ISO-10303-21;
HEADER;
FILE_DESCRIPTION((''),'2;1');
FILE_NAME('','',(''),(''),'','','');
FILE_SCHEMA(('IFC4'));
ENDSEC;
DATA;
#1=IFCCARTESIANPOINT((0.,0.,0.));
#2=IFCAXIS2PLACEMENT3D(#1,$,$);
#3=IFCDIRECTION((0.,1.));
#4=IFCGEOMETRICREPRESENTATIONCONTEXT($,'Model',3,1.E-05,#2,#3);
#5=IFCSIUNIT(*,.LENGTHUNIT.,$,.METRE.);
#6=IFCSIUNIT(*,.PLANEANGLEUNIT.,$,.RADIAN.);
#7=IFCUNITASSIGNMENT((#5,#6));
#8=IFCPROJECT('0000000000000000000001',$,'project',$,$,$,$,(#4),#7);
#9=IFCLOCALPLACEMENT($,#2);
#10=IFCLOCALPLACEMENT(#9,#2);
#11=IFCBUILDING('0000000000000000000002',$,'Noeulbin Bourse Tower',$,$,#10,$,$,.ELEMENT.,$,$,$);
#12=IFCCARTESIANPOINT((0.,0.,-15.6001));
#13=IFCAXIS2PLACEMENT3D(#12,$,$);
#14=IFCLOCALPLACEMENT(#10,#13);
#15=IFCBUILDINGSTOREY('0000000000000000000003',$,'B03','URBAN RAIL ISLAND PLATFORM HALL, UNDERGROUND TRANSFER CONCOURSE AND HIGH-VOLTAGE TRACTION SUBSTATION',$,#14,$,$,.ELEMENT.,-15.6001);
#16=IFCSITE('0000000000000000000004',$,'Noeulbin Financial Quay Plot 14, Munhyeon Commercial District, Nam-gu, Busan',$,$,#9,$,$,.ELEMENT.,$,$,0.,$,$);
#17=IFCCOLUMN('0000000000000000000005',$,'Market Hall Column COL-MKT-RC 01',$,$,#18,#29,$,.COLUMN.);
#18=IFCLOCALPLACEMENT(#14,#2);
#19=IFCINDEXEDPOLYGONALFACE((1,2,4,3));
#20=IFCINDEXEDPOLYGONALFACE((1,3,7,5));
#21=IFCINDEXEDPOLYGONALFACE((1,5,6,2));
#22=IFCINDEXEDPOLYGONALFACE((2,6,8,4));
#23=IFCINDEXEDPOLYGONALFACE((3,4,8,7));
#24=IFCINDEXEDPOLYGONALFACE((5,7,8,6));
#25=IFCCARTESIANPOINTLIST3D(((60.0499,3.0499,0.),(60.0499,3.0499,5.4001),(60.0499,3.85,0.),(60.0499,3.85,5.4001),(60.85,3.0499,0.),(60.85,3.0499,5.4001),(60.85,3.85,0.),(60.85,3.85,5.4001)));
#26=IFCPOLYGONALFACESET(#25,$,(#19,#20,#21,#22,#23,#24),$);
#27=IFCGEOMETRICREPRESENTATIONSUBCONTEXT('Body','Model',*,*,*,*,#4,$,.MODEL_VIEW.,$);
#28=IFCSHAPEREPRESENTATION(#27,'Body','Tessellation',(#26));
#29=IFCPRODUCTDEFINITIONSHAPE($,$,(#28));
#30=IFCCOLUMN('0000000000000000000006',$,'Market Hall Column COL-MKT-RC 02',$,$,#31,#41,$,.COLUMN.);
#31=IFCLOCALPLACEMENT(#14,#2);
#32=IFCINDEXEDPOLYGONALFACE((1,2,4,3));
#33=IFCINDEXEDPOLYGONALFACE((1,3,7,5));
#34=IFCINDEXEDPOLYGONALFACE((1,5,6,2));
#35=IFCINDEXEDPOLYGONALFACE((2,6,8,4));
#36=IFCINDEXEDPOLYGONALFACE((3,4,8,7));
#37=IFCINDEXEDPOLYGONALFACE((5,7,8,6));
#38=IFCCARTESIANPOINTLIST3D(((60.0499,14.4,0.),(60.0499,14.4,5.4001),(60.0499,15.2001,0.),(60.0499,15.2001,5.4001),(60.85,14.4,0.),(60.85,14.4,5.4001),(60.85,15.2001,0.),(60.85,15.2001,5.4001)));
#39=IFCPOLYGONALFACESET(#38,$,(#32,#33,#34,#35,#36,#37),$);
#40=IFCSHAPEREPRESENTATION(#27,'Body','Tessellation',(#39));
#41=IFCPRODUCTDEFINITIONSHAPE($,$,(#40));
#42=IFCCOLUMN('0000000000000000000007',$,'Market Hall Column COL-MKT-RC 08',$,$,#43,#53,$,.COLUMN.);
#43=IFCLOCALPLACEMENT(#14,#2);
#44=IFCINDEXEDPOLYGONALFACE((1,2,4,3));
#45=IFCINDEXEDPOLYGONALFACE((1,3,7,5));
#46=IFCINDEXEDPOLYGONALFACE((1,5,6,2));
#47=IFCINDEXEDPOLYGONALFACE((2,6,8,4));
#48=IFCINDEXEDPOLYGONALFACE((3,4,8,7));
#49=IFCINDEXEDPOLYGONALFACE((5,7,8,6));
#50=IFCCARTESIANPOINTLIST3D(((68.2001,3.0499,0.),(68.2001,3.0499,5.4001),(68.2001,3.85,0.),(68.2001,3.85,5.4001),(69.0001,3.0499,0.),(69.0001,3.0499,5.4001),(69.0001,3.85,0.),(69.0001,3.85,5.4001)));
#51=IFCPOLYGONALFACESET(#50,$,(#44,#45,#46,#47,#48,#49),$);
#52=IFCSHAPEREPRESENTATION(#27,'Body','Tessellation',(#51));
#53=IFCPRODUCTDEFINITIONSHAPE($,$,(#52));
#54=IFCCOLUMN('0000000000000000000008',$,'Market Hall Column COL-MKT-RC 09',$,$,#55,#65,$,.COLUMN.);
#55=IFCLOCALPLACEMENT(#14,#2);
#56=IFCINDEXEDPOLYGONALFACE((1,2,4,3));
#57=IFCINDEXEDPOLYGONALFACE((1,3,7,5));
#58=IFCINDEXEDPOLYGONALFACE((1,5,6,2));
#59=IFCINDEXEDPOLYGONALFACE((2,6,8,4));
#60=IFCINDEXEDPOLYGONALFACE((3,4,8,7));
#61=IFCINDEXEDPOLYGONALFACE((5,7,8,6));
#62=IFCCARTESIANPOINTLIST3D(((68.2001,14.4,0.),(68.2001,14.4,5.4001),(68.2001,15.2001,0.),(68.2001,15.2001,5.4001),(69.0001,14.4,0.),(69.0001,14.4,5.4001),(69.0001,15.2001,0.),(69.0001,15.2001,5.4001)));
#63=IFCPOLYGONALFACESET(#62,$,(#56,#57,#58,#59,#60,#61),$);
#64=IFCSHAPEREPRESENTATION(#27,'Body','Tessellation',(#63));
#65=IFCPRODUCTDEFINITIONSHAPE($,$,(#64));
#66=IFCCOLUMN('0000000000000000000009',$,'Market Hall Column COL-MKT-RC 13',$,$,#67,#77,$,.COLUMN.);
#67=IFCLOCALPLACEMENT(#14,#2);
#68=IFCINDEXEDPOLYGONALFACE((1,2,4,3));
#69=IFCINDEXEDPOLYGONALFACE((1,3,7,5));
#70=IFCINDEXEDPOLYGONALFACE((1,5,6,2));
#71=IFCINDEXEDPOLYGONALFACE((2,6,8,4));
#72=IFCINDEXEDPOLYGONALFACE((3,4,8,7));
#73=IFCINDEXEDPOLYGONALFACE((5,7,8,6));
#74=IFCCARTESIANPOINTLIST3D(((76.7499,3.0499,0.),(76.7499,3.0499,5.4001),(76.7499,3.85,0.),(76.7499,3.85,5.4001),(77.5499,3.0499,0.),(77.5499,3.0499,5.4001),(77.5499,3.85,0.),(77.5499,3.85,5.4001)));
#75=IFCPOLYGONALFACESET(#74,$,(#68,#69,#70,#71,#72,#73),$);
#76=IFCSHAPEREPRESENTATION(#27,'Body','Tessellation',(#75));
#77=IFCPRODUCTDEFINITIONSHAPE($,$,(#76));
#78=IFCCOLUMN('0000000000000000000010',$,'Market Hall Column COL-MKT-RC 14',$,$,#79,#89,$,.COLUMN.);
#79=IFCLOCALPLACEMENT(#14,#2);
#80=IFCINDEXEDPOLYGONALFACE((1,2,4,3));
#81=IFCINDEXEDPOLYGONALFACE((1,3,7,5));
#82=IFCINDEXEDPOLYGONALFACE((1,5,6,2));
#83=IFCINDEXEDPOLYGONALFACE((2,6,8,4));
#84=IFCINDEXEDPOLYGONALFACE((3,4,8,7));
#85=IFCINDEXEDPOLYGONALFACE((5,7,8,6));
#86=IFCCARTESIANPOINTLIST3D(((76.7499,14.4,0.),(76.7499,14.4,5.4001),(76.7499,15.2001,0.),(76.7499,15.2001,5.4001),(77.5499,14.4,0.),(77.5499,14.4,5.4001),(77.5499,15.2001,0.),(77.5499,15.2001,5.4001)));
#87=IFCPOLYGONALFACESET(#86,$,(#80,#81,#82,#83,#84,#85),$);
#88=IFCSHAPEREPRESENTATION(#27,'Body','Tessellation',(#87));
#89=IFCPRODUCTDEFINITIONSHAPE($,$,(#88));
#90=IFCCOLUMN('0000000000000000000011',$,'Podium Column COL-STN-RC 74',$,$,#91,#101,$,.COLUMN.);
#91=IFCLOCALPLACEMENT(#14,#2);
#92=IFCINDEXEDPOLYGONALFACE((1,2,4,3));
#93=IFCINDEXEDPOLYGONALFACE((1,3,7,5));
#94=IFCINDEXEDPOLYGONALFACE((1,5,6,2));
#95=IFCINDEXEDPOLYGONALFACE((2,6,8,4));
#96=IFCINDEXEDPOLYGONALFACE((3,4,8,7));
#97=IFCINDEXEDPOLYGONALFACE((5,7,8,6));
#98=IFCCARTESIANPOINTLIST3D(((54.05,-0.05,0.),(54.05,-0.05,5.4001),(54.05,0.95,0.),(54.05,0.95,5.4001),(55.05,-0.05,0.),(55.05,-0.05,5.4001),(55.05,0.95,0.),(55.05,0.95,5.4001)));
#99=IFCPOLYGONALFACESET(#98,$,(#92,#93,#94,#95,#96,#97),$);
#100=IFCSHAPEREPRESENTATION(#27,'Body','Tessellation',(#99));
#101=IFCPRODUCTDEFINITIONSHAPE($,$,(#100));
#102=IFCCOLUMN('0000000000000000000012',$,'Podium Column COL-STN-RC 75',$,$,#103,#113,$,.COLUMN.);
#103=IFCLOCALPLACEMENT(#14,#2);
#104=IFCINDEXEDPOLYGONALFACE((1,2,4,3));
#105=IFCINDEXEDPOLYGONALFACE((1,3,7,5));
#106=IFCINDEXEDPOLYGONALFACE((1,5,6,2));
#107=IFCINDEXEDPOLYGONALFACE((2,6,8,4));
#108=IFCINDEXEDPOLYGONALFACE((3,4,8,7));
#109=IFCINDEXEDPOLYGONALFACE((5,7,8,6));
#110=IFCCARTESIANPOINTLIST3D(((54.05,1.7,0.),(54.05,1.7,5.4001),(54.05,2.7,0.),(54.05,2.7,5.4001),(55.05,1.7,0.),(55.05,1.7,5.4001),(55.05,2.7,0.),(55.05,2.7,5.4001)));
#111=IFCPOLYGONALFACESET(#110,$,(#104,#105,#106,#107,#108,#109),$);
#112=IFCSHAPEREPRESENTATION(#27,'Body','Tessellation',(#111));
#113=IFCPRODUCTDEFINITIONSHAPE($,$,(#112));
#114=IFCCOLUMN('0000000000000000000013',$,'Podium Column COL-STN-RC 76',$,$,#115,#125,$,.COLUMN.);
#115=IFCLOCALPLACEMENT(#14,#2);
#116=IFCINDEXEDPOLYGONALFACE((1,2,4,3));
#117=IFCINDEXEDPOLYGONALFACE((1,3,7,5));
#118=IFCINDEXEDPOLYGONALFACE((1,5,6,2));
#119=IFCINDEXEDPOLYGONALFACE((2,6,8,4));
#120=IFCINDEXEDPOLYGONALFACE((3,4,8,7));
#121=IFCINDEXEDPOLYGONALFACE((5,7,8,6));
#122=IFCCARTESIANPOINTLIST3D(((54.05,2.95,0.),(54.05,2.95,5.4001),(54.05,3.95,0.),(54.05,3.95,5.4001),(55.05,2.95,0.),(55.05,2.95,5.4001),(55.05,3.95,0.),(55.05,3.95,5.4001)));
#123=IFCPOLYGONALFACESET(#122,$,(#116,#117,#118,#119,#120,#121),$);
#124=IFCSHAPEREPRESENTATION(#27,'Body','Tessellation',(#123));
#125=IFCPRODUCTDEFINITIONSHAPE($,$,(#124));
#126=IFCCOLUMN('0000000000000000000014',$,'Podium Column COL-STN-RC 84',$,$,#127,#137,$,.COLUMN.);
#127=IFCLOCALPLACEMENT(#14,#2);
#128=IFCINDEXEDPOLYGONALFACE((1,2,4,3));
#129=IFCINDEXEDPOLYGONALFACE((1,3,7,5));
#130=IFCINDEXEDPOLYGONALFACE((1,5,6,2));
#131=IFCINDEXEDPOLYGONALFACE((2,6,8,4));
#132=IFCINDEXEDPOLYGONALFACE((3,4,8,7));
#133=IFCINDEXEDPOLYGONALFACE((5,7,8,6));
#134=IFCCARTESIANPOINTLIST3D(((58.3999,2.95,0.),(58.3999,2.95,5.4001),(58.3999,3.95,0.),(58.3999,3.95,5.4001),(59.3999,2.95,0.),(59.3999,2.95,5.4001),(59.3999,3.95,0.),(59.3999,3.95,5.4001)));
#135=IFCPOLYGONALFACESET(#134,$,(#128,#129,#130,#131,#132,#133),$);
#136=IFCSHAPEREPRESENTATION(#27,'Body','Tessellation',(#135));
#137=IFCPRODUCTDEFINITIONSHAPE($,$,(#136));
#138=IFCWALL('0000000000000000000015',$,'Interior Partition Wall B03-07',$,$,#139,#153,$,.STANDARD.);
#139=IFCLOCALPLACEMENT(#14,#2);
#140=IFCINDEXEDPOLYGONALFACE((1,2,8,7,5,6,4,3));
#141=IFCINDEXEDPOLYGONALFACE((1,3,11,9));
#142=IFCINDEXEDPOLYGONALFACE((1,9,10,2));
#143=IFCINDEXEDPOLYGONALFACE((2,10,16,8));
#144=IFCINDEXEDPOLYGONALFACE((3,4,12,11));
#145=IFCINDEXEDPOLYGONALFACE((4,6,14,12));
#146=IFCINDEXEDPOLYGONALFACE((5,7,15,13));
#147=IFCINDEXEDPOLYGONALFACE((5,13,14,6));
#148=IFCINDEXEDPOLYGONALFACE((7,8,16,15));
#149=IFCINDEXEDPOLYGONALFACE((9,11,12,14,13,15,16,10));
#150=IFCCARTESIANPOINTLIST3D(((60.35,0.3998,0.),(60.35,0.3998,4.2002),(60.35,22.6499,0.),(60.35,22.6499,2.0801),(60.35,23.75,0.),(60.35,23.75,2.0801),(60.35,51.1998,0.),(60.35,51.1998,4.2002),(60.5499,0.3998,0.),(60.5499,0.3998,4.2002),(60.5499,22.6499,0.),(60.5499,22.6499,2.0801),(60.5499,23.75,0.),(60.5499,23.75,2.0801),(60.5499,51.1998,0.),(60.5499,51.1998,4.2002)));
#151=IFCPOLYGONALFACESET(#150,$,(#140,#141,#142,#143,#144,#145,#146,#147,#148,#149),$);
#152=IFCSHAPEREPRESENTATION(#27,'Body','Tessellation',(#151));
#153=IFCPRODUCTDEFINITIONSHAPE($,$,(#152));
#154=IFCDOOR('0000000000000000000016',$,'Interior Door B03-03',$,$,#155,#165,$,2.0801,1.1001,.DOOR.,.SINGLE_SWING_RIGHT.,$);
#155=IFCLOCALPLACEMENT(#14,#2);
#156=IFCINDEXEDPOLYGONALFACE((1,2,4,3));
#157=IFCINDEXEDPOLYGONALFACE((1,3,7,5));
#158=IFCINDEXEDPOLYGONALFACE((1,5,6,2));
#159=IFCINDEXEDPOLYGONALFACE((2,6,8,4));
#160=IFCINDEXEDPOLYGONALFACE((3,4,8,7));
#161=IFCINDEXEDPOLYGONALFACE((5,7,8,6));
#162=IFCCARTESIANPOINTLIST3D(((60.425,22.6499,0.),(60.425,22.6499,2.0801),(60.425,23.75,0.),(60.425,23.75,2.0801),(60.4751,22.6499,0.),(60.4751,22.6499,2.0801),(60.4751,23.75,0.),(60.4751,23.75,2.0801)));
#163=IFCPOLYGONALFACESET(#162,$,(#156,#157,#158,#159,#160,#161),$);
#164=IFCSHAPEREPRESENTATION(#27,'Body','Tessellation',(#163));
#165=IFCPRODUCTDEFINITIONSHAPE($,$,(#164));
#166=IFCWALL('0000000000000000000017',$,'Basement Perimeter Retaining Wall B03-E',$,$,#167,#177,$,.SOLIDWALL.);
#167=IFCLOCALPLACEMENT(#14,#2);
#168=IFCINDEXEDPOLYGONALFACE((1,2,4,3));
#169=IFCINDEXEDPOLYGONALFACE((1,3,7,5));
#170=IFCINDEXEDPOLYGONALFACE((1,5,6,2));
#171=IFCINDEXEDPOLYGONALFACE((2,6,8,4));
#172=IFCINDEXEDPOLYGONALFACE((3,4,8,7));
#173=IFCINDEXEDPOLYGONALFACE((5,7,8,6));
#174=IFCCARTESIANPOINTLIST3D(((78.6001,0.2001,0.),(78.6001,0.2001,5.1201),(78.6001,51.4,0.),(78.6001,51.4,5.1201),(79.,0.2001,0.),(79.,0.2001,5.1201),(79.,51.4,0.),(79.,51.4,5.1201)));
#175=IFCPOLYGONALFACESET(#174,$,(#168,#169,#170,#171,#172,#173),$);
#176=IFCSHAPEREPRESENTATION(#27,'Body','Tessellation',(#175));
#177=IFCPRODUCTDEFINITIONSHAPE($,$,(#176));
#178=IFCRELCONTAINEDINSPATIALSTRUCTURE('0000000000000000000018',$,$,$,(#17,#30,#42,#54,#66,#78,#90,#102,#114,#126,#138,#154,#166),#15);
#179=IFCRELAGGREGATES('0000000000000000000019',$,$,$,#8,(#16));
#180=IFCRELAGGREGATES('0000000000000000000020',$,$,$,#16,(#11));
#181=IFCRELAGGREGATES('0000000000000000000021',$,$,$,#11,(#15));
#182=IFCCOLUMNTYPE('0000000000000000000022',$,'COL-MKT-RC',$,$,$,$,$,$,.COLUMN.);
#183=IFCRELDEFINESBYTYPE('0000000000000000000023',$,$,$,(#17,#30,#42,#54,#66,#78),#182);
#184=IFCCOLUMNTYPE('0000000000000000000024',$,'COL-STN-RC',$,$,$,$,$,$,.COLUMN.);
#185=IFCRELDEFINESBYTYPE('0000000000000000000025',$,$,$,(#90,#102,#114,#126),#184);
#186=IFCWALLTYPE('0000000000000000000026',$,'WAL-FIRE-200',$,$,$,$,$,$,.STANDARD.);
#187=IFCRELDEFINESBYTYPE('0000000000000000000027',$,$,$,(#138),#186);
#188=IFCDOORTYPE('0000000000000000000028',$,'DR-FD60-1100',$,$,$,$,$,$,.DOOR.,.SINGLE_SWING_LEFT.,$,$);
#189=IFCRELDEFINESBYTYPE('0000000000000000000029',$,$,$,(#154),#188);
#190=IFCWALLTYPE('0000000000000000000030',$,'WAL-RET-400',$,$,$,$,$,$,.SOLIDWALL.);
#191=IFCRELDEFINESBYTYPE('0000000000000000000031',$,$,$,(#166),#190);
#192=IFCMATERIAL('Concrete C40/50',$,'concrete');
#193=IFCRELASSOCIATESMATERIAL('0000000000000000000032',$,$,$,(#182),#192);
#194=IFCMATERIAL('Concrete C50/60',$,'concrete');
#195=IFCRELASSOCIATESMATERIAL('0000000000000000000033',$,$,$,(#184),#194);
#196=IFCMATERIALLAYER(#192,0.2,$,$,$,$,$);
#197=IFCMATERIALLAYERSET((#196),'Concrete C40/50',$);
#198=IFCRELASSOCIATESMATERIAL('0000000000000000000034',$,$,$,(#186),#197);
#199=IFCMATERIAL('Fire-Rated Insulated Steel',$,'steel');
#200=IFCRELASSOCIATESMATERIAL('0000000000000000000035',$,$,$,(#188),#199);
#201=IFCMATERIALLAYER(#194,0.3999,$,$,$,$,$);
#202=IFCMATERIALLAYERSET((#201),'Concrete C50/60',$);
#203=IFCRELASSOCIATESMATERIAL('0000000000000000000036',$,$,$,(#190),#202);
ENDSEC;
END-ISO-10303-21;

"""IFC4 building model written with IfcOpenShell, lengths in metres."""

from ifc_helpers import new_model, si_unit, direction, frame, frame_2d, origin, origin_2d, place, context, subcontext, project, spatial, rectangle, extrude, material, layer, layer_set, material_profile, profile_set, type_object, element, fill, save


model = new_model("IFC4")

# Units and contexts
model_context = context("Model", 3, precision=1e-05, world=origin(), true_north=direction((0.0, 1.0)))
body_context = subcontext(model_context, "Body", "Model", "MODEL_VIEW")
ifc_project = project(units=[si_unit("LENGTHUNIT", "METRE"), si_unit("PLANEANGLEUNIT", "RADIAN")], contexts=[model_context])

# Site, building, storey
site_placement = place(None, origin())
site = spatial("IfcSite", under=ifc_project, at=site_placement, Name="Noeulbin Financial Quay Plot 14, Munhyeon Commercial District, Nam-gu, Busan", CompositionType="ELEMENT", RefElevation=0.0)
building_placement = place(site_placement, origin())
building = spatial("IfcBuilding", under=site, at=building_placement, Name="Noeulbin Bourse Tower", CompositionType="ELEMENT")
storey_placement = place(building_placement, frame((0.0, 0.0, -15.6001)))
storey = spatial("IfcBuildingStorey", under=building, at=storey_placement, Name="B03", Description="URBAN RAIL ISLAND PLATFORM HALL, UNDERGROUND TRANSFER CONCOURSE AND HIGH-VOLTAGE TRACTION SUBSTATION", CompositionType="ELEMENT", Elevation=-15.6001)

# Shared definitions
ifc_material_1 = material(Name="Concrete C50/60", Category="concrete")

# Columns
ifc_material_2 = material(Name="Concrete C40/50", Category="concrete")
ifc_material_profile_1 = material_profile(ifc_material_2, rectangle(XDim=0.8, YDim=0.8, at=origin_2d()), Name="RC-COL-800x800", Category="LoadBearing")
ifc_profile_set_1 = profile_set([ifc_material_profile_1], Name="Concrete C40/50")
column_type_1 = type_object("IfcColumnType", Name="COL-MKT-RC", PredefinedType="COLUMN", material=ifc_profile_set_1)
for number, where, z_axis, x_axis, name in (
    (1, (60.45, 3.45, 0.0), (0.0, 0.0, 1.0), (1.0, 0.0, 0.0), "Market Hall Column COL-MKT-RC 01"),
    (2, (60.45, 14.8, 0.0), (0.0, 0.0, 1.0), (1.0, 0.0, 0.0), "Market Hall Column COL-MKT-RC 02"),
    (3, (68.6001, 3.45, 0.0), (0.0, 0.0, 1.0), (1.0, 0.0, 0.0), "Market Hall Column COL-MKT-RC 08"),
    (4, (68.6001, 14.8, 0.0), (0.0, 0.0, 1.0), (1.0, 0.0, 0.0), "Market Hall Column COL-MKT-RC 09"),
    (5, (77.1499, 3.45, 0.0), (0.0, 0.0, 1.0), (1.0, 0.0, 0.0), "Market Hall Column COL-MKT-RC 13"),
    (6, (77.1499, 14.8, 0.0), (0.0, 0.0, 1.0), (1.0, 0.0, 0.0), "Market Hall Column COL-MKT-RC 14"),
):
    element("IfcColumn", number, at=place(storey_placement, frame(where, z_axis=z_axis, x_axis=x_axis)), inside=storey, type_object=column_type_1, Name=name, PredefinedType="COLUMN", context=body_context, shape_type="SweptSolid", body=[
        extrude(rectangle(XDim=0.8, YDim=0.8, at=origin_2d()), origin(), (0.0, 0.0, 1.0), 5.4001),
    ])
ifc_material_profile_2 = material_profile(ifc_material_1, rectangle(XDim=1.0, YDim=1.0, at=origin_2d()), Name="RC-COL-1000x1000", Category="LoadBearing")
ifc_profile_set_2 = profile_set([ifc_material_profile_2], Name="Concrete C50/60")
column_type_2 = type_object("IfcColumnType", Name="COL-STN-RC", PredefinedType="COLUMN", material=ifc_profile_set_2)
for number, where, z_axis, x_axis, name in (
    (7, (54.55, 0.45, 0.0), (0.0, 0.0, 1.0), (1.0, 0.0, 0.0), "Podium Column COL-STN-RC 74"),
    (8, (54.55, 2.2, 0.0), (0.0, 0.0, 1.0), (1.0, 0.0, 0.0), "Podium Column COL-STN-RC 75"),
    (9, (54.55, 3.45, 0.0), (0.0, 0.0, 1.0), (1.0, 0.0, 0.0), "Podium Column COL-STN-RC 76"),
    (10, (58.8999, 3.45, 0.0), (0.0, 0.0, 1.0), (1.0, 0.0, 0.0), "Podium Column COL-STN-RC 84"),
):
    element("IfcColumn", number, at=place(storey_placement, frame(where, z_axis=z_axis, x_axis=x_axis)), inside=storey, type_object=column_type_2, Name=name, PredefinedType="COLUMN", context=body_context, shape_type="SweptSolid", body=[
        extrude(rectangle(XDim=1.0, YDim=1.0, at=origin_2d()), origin(), (0.0, 0.0, 1.0), 5.4001),
    ])

# Wall, opening, door
ifc_layer_1 = layer(ifc_material_2, 0.2)
ifc_layer_set_1 = layer_set([ifc_layer_1], Name="Concrete C40/50")
wall_type_1 = type_object("IfcWallType", Name="WAL-FIRE-200", PredefinedType="STANDARD", material=ifc_layer_set_1)
wall_1_placement = place(storey_placement, frame((60.45, 0.3999, 0.0), z_axis=(0.0, 0.0, 1.0), x_axis=(0.0, 1.0, 0.0)))
wall_1 = element("IfcWall", 11, at=wall_1_placement, inside=storey, type_object=wall_type_1, Name="Interior Partition Wall B03-07", PredefinedType="STANDARD", context=body_context, shape_type="SweptSolid", body=[
    extrude(rectangle(XDim=50.8, YDim=0.2, at=frame_2d((25.3999, 0.0))), origin(), (0.0, 0.0, 1.0), 4.2002),
])
opening_placement = place(wall_1_placement, frame((22.25, 0.0, 0.0)))
opening = element("IfcOpeningElement", 12, at=opening_placement, cuts=wall_1, PredefinedType="OPENING", context=body_context, shape_type="SweptSolid", body=[
    extrude(rectangle(XDim=1.1001, YDim=2.0801, at=frame_2d((0.55, 1.04))), frame((0.0, 0.1099, 0.0), z_axis=(0.0, -1.0, 0.0), x_axis=(1.0, 0.0, 0.0)), (0.0, 0.0, 1.0), 0.22),
])
ifc_material_3 = material(Name="Fire-Rated Insulated Steel", Category="steel")
door_type = type_object("IfcDoorType", Name="DR-FD60-1100", OperationType="SINGLE_SWING_LEFT", PredefinedType="DOOR", material=ifc_material_3)
door_placement = place(opening_placement, origin())
door = element("IfcDoor", 13, at=door_placement, inside=storey, type_object=door_type, Name="Interior Door B03-03", OperationType="SINGLE_SWING_RIGHT", OverallHeight=2.0801, OverallWidth=1.1001, PredefinedType="DOOR", context=body_context, shape_type="SweptSolid", body=[
    extrude(rectangle(XDim=1.1001, YDim=2.0801, at=frame_2d((0.55, 1.04))), frame((0.0, 0.0249, 0.0), z_axis=(0.0, -1.0, 0.0), x_axis=(1.0, 0.0, 0.0)), (0.0, 0.0, 1.0), 0.05),
])
fill(opening, door)

# Wall
ifc_layer_2 = layer(ifc_material_1, 0.3999)
ifc_layer_set_2 = layer_set([ifc_layer_2], Name="Concrete C50/60")
wall_type_2 = type_object("IfcWallType", Name="WAL-RET-400", PredefinedType="SOLIDWALL", material=ifc_layer_set_2)
wall_2_placement = place(storey_placement, frame((78.8, 0.2, 0.0), z_axis=(0.0, 0.0, 1.0), x_axis=(0.0, 1.0, 0.0)))
element("IfcWall", 14, at=wall_2_placement, inside=storey, type_object=wall_type_2, Name="Basement Perimeter Retaining Wall B03-E", PredefinedType="SOLIDWALL", context=body_context, shape_type="SweptSolid", body=[
    extrude(rectangle(XDim=51.2, YDim=0.3999, at=frame_2d((25.6001, 0.0))), origin(), (0.0, 0.0, 1.0), 5.1201),
])

save(model, "model.ifc")
